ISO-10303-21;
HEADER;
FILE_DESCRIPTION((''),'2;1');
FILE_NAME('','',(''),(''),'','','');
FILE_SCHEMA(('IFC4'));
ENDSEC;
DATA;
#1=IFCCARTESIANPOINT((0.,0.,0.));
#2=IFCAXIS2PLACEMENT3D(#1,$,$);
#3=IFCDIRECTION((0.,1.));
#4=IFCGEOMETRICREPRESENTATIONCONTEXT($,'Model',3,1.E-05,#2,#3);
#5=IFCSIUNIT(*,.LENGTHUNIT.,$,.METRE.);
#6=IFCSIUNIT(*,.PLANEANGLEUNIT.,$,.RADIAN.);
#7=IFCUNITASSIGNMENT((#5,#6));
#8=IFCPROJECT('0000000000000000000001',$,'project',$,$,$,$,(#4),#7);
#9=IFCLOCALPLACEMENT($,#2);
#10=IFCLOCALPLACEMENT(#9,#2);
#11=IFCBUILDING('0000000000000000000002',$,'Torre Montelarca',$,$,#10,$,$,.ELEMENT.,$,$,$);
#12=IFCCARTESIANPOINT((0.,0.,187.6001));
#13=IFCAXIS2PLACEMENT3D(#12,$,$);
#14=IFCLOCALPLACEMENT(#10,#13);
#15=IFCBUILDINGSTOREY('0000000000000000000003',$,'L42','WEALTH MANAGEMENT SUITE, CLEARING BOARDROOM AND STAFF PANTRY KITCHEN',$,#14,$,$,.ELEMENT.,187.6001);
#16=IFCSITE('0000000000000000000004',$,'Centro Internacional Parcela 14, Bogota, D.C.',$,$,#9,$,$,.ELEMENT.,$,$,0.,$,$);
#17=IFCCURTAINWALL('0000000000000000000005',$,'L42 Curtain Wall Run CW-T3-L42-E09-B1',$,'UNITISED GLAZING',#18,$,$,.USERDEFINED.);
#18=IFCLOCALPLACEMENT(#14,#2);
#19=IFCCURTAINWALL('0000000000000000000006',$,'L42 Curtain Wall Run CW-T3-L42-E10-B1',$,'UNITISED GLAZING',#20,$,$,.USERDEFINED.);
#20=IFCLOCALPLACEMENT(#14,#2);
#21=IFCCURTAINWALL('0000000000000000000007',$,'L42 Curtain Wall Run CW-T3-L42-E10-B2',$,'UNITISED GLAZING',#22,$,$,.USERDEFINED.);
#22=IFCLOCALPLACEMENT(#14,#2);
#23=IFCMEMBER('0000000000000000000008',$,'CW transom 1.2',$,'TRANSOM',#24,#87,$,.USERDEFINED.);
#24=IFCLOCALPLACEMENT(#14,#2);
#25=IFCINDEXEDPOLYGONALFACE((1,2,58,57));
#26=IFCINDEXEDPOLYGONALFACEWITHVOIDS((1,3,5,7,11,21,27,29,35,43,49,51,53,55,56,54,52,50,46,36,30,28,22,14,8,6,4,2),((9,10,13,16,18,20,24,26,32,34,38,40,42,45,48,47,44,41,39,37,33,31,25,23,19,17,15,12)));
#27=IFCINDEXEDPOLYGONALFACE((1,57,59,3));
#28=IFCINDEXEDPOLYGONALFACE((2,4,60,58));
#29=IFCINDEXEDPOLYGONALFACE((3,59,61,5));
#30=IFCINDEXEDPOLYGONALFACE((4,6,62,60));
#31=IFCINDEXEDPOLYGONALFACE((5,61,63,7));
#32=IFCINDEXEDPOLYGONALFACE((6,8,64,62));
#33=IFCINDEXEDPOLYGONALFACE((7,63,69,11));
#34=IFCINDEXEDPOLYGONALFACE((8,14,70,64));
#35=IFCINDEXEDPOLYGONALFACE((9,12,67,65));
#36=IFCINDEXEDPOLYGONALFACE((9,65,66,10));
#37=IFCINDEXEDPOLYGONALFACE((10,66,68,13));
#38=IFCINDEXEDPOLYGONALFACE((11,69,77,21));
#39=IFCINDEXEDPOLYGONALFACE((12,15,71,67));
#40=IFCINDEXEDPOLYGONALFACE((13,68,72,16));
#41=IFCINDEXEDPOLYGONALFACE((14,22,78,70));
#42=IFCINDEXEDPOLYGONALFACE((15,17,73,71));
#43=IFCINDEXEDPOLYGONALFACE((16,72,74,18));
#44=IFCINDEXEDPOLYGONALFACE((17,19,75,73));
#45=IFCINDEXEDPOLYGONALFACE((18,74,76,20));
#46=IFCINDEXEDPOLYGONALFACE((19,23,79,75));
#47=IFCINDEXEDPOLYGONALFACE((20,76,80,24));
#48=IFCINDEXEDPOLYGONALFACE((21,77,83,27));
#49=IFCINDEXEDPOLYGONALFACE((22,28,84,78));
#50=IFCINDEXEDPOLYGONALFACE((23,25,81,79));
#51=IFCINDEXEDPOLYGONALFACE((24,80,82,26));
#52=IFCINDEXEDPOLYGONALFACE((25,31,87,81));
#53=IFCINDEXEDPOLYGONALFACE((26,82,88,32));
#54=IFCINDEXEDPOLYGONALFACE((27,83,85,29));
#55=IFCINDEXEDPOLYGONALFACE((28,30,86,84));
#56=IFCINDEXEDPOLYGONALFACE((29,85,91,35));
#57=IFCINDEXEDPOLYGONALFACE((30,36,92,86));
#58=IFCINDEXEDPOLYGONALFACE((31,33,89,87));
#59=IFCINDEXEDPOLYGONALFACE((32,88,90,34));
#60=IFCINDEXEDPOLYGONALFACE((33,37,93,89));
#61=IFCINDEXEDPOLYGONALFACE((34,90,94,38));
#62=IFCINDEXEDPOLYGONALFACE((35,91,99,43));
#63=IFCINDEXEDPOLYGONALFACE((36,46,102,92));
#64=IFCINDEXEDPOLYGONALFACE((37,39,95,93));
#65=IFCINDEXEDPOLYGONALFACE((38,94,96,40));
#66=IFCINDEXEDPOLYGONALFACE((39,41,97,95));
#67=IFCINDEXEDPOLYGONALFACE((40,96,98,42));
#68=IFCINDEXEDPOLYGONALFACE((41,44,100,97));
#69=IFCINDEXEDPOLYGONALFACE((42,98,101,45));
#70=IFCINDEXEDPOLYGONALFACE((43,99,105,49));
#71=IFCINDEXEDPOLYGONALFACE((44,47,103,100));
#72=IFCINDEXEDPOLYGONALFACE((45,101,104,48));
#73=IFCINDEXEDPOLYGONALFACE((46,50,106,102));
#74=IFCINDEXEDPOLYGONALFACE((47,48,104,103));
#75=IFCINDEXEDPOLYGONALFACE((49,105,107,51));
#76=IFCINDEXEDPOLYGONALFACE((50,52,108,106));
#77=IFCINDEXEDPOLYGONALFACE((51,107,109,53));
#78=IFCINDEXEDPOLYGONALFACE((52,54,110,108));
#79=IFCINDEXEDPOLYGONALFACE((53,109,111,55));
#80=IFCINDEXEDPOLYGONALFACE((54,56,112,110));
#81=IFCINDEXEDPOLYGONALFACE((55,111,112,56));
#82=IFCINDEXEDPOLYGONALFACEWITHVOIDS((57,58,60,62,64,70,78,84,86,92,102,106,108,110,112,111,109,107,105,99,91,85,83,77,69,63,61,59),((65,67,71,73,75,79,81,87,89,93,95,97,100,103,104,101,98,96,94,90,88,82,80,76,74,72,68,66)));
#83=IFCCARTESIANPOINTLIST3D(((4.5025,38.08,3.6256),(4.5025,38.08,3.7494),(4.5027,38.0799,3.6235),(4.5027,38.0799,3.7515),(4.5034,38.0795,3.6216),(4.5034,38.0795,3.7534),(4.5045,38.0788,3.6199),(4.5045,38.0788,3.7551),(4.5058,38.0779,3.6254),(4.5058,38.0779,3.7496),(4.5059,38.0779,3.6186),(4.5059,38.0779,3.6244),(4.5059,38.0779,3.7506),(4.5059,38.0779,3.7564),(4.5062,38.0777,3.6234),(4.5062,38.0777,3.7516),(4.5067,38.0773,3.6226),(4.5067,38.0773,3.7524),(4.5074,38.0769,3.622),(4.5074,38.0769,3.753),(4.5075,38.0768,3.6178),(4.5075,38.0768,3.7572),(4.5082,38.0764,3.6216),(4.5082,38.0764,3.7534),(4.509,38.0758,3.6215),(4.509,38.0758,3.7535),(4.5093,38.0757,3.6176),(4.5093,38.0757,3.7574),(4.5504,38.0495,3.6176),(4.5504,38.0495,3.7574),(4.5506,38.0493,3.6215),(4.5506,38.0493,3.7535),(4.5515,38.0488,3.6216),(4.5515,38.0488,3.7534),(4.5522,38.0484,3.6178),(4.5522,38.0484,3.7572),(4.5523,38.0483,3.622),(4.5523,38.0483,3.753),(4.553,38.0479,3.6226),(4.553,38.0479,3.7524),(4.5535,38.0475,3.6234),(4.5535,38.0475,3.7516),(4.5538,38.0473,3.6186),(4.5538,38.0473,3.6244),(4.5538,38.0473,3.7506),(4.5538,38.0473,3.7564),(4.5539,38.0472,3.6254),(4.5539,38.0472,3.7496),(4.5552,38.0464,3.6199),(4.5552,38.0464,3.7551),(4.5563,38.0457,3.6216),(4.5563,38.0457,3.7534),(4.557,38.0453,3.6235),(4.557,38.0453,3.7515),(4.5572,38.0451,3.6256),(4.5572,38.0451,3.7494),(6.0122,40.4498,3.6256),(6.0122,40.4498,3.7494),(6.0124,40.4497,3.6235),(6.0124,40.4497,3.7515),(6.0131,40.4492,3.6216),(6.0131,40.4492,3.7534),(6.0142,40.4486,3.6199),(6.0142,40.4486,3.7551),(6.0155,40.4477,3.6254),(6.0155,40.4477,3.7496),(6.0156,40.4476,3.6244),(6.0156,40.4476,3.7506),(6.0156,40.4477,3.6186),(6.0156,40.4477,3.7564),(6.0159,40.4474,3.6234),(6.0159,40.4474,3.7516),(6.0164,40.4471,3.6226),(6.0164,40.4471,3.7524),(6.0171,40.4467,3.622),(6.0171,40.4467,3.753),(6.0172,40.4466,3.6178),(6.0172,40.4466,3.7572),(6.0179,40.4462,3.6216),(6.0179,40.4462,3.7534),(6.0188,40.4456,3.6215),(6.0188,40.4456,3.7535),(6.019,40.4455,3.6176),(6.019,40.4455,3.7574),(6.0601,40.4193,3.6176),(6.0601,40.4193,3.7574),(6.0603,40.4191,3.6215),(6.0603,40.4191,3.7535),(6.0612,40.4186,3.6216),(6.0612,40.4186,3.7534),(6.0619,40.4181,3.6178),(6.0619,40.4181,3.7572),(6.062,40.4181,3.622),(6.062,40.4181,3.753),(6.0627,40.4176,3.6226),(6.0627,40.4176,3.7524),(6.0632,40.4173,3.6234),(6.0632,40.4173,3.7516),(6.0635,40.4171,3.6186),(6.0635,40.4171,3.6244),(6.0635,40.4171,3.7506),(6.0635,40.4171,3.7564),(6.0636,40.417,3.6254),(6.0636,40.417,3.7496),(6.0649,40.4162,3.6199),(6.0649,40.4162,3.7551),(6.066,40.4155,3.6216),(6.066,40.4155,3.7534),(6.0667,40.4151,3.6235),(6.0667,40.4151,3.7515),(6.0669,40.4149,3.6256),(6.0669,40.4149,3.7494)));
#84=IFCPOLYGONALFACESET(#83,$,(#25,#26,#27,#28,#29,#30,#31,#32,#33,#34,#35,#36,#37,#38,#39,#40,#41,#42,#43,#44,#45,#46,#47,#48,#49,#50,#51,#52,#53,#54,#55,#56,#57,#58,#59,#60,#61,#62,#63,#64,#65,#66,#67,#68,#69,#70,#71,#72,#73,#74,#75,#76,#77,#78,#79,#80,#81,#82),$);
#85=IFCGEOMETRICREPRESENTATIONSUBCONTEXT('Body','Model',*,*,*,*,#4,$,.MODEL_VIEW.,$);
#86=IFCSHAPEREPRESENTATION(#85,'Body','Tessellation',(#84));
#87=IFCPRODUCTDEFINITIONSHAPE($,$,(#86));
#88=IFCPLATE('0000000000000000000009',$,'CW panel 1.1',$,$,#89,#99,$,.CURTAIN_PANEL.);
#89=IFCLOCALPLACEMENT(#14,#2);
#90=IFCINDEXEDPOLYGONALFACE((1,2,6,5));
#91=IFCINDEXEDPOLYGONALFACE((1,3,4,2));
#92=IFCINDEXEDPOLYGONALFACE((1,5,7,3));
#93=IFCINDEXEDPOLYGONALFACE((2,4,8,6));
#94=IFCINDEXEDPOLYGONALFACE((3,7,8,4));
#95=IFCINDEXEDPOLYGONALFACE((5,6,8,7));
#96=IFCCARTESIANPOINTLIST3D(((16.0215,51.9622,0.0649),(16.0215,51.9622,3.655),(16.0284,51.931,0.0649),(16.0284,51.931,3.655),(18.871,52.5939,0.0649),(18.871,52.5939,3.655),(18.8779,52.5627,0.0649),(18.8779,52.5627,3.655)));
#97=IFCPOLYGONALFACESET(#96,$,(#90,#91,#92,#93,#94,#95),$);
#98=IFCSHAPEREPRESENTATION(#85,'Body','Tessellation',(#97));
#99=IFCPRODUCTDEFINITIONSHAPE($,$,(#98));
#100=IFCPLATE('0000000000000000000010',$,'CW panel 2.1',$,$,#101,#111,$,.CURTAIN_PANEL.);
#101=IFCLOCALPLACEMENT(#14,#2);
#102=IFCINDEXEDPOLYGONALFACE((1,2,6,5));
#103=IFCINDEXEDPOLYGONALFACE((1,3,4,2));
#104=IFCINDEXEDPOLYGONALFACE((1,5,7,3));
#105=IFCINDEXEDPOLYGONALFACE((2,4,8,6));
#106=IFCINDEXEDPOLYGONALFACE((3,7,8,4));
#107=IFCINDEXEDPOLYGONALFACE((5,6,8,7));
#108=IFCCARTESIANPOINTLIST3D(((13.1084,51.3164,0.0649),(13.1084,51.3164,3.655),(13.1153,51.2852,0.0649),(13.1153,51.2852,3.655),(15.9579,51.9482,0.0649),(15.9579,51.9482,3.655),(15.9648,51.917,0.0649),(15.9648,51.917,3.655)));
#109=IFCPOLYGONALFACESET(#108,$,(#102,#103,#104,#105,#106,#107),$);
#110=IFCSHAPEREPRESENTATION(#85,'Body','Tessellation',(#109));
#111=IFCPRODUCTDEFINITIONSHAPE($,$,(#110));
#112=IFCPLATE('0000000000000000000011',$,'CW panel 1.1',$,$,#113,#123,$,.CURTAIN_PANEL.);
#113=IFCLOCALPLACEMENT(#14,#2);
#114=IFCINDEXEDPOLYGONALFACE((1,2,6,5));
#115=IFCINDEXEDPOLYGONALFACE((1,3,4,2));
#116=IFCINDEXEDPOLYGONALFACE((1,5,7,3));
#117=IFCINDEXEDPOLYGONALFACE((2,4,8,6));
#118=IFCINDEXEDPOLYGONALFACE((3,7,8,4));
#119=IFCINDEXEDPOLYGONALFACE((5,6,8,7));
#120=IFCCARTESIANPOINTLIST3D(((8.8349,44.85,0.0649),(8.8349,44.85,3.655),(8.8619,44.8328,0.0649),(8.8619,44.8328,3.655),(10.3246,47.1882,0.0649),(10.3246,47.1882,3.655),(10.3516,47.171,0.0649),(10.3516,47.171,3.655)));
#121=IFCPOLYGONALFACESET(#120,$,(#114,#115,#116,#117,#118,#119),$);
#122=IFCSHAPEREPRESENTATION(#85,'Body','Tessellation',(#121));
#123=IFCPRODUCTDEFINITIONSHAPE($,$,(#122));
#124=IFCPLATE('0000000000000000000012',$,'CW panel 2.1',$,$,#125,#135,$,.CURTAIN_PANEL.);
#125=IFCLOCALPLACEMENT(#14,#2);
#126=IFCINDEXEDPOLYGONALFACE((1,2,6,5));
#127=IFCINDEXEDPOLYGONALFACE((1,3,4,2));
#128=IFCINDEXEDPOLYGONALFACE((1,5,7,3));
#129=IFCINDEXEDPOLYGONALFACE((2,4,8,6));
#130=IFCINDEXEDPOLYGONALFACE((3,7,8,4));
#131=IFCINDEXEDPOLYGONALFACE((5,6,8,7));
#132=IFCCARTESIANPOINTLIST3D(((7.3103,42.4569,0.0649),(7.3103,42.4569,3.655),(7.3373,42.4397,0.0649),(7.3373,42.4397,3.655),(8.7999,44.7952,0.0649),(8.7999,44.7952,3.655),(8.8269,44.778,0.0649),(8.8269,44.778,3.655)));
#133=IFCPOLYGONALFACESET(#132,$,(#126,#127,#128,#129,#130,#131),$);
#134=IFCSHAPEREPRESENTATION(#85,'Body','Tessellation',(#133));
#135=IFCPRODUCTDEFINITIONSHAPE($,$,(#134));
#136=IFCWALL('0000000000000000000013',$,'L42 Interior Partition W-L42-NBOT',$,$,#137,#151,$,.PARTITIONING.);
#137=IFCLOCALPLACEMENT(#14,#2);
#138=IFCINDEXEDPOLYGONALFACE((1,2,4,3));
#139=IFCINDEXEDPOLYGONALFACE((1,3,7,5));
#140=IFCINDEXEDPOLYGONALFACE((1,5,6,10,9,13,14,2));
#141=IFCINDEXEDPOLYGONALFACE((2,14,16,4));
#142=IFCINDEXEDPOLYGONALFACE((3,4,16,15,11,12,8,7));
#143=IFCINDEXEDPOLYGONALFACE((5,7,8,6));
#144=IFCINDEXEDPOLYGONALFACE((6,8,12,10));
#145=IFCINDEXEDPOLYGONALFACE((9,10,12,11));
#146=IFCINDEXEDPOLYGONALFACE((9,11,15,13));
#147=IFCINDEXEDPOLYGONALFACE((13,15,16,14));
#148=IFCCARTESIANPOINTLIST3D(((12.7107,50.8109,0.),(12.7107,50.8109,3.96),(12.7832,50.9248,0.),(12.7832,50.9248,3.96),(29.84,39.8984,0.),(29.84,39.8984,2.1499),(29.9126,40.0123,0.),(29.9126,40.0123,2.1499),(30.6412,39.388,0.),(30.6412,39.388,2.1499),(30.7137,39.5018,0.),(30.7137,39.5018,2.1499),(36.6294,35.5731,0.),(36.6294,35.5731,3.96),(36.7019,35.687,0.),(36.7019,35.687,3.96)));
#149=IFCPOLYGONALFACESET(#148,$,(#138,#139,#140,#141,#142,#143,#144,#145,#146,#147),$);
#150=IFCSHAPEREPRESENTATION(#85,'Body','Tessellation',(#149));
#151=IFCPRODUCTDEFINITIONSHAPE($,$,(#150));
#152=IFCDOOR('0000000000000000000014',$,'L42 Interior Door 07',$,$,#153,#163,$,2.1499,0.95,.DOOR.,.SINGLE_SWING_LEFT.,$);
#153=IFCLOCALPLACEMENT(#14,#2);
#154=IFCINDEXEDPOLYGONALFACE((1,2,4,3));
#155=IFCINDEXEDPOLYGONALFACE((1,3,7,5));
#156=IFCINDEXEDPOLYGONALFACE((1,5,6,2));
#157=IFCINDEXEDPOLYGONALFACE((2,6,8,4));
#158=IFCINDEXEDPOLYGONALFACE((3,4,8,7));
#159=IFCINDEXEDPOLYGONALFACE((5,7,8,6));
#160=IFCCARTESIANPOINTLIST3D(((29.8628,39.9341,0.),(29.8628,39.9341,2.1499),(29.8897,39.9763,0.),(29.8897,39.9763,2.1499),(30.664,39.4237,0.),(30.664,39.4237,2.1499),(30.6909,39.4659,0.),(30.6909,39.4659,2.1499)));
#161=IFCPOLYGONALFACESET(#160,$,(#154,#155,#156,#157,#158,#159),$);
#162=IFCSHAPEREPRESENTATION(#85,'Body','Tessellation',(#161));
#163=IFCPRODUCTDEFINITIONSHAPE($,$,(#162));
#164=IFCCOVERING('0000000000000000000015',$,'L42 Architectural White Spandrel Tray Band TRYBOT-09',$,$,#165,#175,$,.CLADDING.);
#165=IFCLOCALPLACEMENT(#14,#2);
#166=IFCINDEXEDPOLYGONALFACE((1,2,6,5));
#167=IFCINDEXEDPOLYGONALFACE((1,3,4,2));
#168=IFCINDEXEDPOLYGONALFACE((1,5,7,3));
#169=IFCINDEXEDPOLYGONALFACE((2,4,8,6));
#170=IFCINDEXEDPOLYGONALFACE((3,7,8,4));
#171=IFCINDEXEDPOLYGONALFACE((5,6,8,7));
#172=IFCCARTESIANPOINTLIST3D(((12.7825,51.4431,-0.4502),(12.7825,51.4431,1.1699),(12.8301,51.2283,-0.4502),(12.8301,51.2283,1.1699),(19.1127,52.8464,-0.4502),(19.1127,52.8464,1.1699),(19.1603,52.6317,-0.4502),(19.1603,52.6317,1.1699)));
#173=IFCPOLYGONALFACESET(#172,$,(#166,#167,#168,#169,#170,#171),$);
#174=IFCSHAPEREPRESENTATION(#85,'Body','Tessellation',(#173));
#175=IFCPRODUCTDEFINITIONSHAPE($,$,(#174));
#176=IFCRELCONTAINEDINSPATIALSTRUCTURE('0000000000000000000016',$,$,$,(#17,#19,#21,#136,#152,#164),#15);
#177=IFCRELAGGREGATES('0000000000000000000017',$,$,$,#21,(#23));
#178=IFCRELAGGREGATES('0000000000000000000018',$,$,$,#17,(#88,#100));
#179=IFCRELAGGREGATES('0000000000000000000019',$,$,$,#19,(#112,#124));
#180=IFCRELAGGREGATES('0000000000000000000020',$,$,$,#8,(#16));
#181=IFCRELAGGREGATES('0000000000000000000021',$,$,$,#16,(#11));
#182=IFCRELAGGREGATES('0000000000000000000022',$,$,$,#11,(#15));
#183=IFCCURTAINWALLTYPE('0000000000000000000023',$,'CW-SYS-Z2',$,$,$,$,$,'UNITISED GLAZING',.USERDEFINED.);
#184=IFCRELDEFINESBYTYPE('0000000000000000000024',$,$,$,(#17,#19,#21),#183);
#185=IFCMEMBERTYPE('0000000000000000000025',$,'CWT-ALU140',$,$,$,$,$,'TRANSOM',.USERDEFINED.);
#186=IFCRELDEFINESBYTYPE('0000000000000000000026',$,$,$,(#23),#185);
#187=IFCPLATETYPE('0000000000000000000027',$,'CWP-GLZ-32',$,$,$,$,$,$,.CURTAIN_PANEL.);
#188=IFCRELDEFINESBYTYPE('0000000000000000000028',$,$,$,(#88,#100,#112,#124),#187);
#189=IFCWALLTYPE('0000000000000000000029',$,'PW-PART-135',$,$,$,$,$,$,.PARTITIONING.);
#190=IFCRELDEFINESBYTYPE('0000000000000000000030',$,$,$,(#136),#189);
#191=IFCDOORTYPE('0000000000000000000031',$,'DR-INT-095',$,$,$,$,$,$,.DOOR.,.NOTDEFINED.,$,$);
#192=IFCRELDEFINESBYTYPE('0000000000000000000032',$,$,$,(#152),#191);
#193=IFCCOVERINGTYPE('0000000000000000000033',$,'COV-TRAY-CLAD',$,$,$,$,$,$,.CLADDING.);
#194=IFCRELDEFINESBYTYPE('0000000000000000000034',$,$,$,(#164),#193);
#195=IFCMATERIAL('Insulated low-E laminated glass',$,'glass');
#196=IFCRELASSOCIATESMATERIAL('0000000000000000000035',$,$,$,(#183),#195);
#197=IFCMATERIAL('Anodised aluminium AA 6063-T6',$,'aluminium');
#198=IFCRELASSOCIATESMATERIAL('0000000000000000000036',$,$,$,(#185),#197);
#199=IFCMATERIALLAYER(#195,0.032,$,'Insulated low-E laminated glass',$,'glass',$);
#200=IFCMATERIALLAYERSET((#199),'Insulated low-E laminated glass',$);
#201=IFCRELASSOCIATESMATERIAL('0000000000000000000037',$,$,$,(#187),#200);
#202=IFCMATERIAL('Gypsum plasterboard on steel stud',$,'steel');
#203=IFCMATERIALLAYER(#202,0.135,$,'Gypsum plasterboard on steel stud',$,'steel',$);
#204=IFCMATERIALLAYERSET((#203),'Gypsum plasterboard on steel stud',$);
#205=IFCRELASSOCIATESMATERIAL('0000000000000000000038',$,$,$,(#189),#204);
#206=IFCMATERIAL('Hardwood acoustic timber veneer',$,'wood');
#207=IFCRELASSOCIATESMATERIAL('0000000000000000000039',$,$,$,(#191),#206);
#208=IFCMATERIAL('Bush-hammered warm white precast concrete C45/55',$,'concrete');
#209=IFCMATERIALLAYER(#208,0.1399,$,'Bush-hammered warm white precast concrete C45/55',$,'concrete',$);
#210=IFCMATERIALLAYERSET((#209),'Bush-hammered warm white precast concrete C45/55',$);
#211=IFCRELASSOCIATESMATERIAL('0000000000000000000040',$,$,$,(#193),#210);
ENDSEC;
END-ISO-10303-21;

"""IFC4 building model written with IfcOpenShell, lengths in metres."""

from ifc_helpers import new_model, si_unit, direction, frame, frame_2d, origin, origin_2d, place, context, subcontext, project, spatial, rectangle, hollow_rectangle, extrude, source, transform, mapped, material, layer, layer_set, material_profile, profile_set, type_object, element, fill, aggregate, save


model = new_model("IFC4")

# Units and contexts
model_context = context("Model", 3, precision=1e-05, world=origin(), true_north=direction((0.0, 1.0)))
body_context = subcontext(model_context, "Body", "Model", "MODEL_VIEW")
ifc_project = project(units=[si_unit("LENGTHUNIT", "METRE"), si_unit("PLANEANGLEUNIT", "RADIAN")], contexts=[model_context])

# Site, building, storey
site_placement = place(None, origin())
site = spatial("IfcSite", under=ifc_project, at=site_placement, Name="Centro Internacional Parcela 14, Bogota, D.C.", CompositionType="ELEMENT", RefElevation=0.0)
building_placement = place(site_placement, origin())
building = spatial("IfcBuilding", under=site, at=building_placement, Name="Torre Montelarca", CompositionType="ELEMENT")
storey_placement = place(building_placement, frame((0.0, 0.0, 187.6001)))
storey = spatial("IfcBuildingStorey", under=building, at=storey_placement, Name="L42", Description="WEALTH MANAGEMENT SUITE, CLEARING BOARDROOM AND STAFF PANTRY KITCHEN", CompositionType="ELEMENT", Elevation=187.6001)

# Curtain walls
ifc_material_1 = material(Name="Insulated low-E laminated glass", Category="glass")
curtain_wall_type = type_object("IfcCurtainWallType", Name="CW-SYS-Z2", ElementType="UNITISED GLAZING", PredefinedType="USERDEFINED", material=ifc_material_1)
curtain_wall_1_placement = place(storey_placement, origin())
curtain_wall_1 = element("IfcCurtainWall", 1, at=curtain_wall_1_placement, inside=storey, type_object=curtain_wall_type, Name="L42 Curtain Wall Run CW-T3-L42-E09-B1", ObjectType="UNITISED GLAZING", PredefinedType="USERDEFINED")
ifc_material_2 = material(Name="Anodised aluminium AA 6063-T6", Category="aluminium")
ifc_material_profile_1 = material_profile(ifc_material_2, hollow_rectangle(XDim=0.0649, YDim=0.1399, WallThickness=0.0039, InnerFilletRadius=0.0039, OuterFilletRadius=0.0081, at=origin_2d()), Name="ALU65X140X4", Category="aluminium")
ifc_profile_set_1 = profile_set([ifc_material_profile_1], Name="Anodised aluminium AA 6063-T6")
member_type_1 = type_object("IfcMemberType", Name="CWT-ALU140", ElementType="TRANSOM", PredefinedType="USERDEFINED", material=ifc_profile_set_1)
curtain_wall_2_placement = place(storey_placement, origin())
curtain_wall_2 = element("IfcCurtainWall", 2, at=curtain_wall_2_placement, inside=storey, type_object=curtain_wall_type, Name="L42 Curtain Wall Run CW-T3-L42-E10-B1", ObjectType="UNITISED GLAZING", PredefinedType="USERDEFINED")

# Curtain wall, member
curtain_wall_3_placement = place(storey_placement, origin())
curtain_wall_3 = element("IfcCurtainWall", 3, at=curtain_wall_3_placement, inside=storey, type_object=curtain_wall_type, Name="L42 Curtain Wall Run CW-T3-L42-E10-B2", ObjectType="UNITISED GLAZING", PredefinedType="USERDEFINED")
shared_shape_1 = source(origin(), body_context, "Body", "SweptSolid", [
    extrude(hollow_rectangle(XDim=0.0649, YDim=0.1399, WallThickness=0.0039, InnerFilletRadius=0.0039, OuterFilletRadius=0.0081, at=origin_2d()), origin(), (0.0, 0.0, 1.0), 2.8098),
])
member_1_placement = place(storey_placement, frame((6.0396, 40.4324, 3.6875), z_axis=(-0.537297, -0.843393, 0.0), x_axis=(0.843393, -0.537297, 0.0)))
member_1 = element("IfcMember", 4, at=member_1_placement, type_object=member_type_1, Name="CW transom 1.2", ObjectType="TRANSOM", PredefinedType="USERDEFINED", context=body_context, shape_type="MappedRepresentation", body=[
    mapped(shared_shape_1, transform((0.0, 0.0, 0.0), scale=1.0)),
])
aggregate(curtain_wall_3, [member_1])

# Plates
ifc_layer_1 = layer(ifc_material_1, 0.032, Name="Insulated low-E laminated glass", Category="glass")
ifc_layer_set_1 = layer_set([ifc_layer_1], Name="Insulated low-E laminated glass")
plate_type = type_object("IfcPlateType", Name="CWP-GLZ-32", PredefinedType="CURTAIN_PANEL", material=ifc_layer_set_1)
shared_shape_2 = source(origin(), body_context, "Body", "SweptSolid", [
    extrude(rectangle(XDim=2.9187, YDim=0.032, at=origin_2d()), origin(), (0.0, 0.0, 1.0), 3.5901),
])
plate_1_placement = place(storey_placement, frame((17.4497, 52.2625, 0.0649), z_axis=(0.0, 0.0, 1.0), x_axis=(-0.976294, -0.216448, 0.0)))
plate_1 = element("IfcPlate", 5, at=plate_1_placement, type_object=plate_type, Name="CW panel 1.1", PredefinedType="CURTAIN_PANEL", context=body_context, shape_type="MappedRepresentation", body=[
    mapped(shared_shape_2, transform((0.0, 0.0, 0.0), scale=1.0)),
])
plate_2_placement = place(storey_placement, frame((14.5366, 51.6167, 0.0649), z_axis=(0.0, 0.0, 1.0), x_axis=(-0.976294, -0.216448, 0.0)))
plate_2 = element("IfcPlate", 6, at=plate_2_placement, type_object=plate_type, Name="CW panel 2.1", PredefinedType="CURTAIN_PANEL", context=body_context, shape_type="MappedRepresentation", body=[
    mapped(shared_shape_2, transform((0.0, 0.0, 0.0), scale=1.0)),
])
aggregate(curtain_wall_1, [plate_1, plate_2])
shared_shape_3 = source(origin(), body_context, "Body", "SweptSolid", [
    extrude(rectangle(XDim=2.7725, YDim=0.032, at=origin_2d()), origin(), (0.0, 0.0, 1.0), 3.5901),
])
plate_3_placement = place(storey_placement, frame((9.5933, 46.0105, 0.0649), z_axis=(0.0, 0.0, 1.0), x_axis=(-0.537305, -0.843388, 0.0)))
plate_3 = element("IfcPlate", 7, at=plate_3_placement, type_object=plate_type, Name="CW panel 1.1", PredefinedType="CURTAIN_PANEL", context=body_context, shape_type="MappedRepresentation", body=[
    mapped(shared_shape_3, transform((0.0, 0.0, 0.0), scale=1.0)),
])
plate_4_placement = place(storey_placement, frame((8.0686, 43.6174, 0.0649), z_axis=(0.0, 0.0, 1.0), x_axis=(-0.537305, -0.843388, 0.0)))
plate_4 = element("IfcPlate", 8, at=plate_4_placement, type_object=plate_type, Name="CW panel 2.1", PredefinedType="CURTAIN_PANEL", context=body_context, shape_type="MappedRepresentation", body=[
    mapped(shared_shape_3, transform((0.0, 0.0, 0.0), scale=1.0)),
])
aggregate(curtain_wall_2, [plate_3, plate_4])

# Wall, opening, door
ifc_material_3 = material(Name="Gypsum plasterboard on steel stud", Category="steel")
ifc_layer_2 = layer(ifc_material_3, 0.135, Name="Gypsum plasterboard on steel stud", Category="steel")
ifc_layer_set_2 = layer_set([ifc_layer_2], Name="Gypsum plasterboard on steel stud")
wall_type = type_object("IfcWallType", Name="PW-PART-135", PredefinedType="PARTITIONING", material=ifc_layer_set_2)
wall_placement = place(storey_placement, frame((12.7468, 50.8679, 0.0), z_axis=(0.0, 0.0, 1.0), x_axis=(0.843393, -0.537297, 0.0)))
wall = element("IfcWall", 9, at=wall_placement, inside=storey, type_object=wall_type, Name="L42 Interior Partition W-L42-NBOT", PredefinedType="PARTITIONING", context=body_context, shape_type="SweptSolid", body=[
    extrude(rectangle(XDim=28.3601, YDim=0.135, at=frame_2d((14.1802, 0.0))), origin(), (0.0, 0.0, 1.0), 3.96),
])
opening_placement = place(wall_placement, frame((20.3101, 0.0, 0.0)))
opening = element("IfcOpeningElement", 10, at=opening_placement, cuts=wall, PredefinedType="OPENING", context=body_context, shape_type="SweptSolid", body=[
    extrude(rectangle(XDim=0.95, YDim=2.1499, at=frame_2d((0.4751, 1.075))), frame((0.0, 0.0776, 0.0), z_axis=(0.0, -1.0, 0.0), x_axis=(1.0, 0.0, 0.0)), (0.0, 0.0, 1.0), 0.155),
])
ifc_material_4 = material(Name="Hardwood acoustic timber veneer", Category="wood")
door_type = type_object("IfcDoorType", Name="DR-INT-095", OperationType="NOTDEFINED", PredefinedType="DOOR", material=ifc_material_4)
shared_shape_4 = source(origin(), body_context, "Body", "SweptSolid", [
    extrude(rectangle(XDim=0.95, YDim=2.1499, at=frame_2d((0.4751, 1.075))), frame((0.0, 0.0249, 0.0), z_axis=(0.0, -1.0, 0.0), x_axis=(1.0, 0.0, 0.0)), (0.0, 0.0, 1.0), 0.05),
])
door_placement = place(opening_placement, origin())
door = element("IfcDoor", 11, at=door_placement, inside=storey, type_object=door_type, Name="L42 Interior Door 07", OperationType="SINGLE_SWING_LEFT", OverallHeight=2.1499, OverallWidth=0.95, PredefinedType="DOOR", context=body_context, shape_type="MappedRepresentation", body=[
    mapped(shared_shape_4, transform((0.0, 0.0, 0.0), scale=1.0)),
])
fill(opening, door)

# Covering
ifc_material_5 = material(Name="Bush-hammered warm white precast concrete C45/55", Category="concrete")
ifc_layer_3 = layer(ifc_material_5, 0.1399, Name="Bush-hammered warm white precast concrete C45/55", Category="concrete")
ifc_layer_set_3 = layer_set([ifc_layer_3], Name="Bush-hammered warm white precast concrete C45/55")
covering_type = type_object("IfcCoveringType", Name="COV-TRAY-CLAD", PredefinedType="CLADDING", material=ifc_layer_set_3)
shared_shape_5 = source(origin(), body_context, "Body", "SweptSolid", [
    extrude(rectangle(XDim=6.4839, YDim=0.22, at=origin_2d()), origin(), (0.0, 0.0, 1.0), 1.6201),
])
covering_1_placement = place(storey_placement, frame((15.9714, 52.0374, -0.4502), z_axis=(0.0, 0.0, 1.0), x_axis=(-0.976296, -0.216438, 0.0)))
element("IfcCovering", 12, at=covering_1_placement, inside=storey, type_object=covering_type, Name="L42 Architectural White Spandrel Tray Band TRYBOT-09", PredefinedType="CLADDING", context=body_context, shape_type="MappedRepresentation", body=[
    mapped(shared_shape_5, transform((0.0, 0.0, 0.0), scale=1.0)),
])

save(model, "model.ifc")
